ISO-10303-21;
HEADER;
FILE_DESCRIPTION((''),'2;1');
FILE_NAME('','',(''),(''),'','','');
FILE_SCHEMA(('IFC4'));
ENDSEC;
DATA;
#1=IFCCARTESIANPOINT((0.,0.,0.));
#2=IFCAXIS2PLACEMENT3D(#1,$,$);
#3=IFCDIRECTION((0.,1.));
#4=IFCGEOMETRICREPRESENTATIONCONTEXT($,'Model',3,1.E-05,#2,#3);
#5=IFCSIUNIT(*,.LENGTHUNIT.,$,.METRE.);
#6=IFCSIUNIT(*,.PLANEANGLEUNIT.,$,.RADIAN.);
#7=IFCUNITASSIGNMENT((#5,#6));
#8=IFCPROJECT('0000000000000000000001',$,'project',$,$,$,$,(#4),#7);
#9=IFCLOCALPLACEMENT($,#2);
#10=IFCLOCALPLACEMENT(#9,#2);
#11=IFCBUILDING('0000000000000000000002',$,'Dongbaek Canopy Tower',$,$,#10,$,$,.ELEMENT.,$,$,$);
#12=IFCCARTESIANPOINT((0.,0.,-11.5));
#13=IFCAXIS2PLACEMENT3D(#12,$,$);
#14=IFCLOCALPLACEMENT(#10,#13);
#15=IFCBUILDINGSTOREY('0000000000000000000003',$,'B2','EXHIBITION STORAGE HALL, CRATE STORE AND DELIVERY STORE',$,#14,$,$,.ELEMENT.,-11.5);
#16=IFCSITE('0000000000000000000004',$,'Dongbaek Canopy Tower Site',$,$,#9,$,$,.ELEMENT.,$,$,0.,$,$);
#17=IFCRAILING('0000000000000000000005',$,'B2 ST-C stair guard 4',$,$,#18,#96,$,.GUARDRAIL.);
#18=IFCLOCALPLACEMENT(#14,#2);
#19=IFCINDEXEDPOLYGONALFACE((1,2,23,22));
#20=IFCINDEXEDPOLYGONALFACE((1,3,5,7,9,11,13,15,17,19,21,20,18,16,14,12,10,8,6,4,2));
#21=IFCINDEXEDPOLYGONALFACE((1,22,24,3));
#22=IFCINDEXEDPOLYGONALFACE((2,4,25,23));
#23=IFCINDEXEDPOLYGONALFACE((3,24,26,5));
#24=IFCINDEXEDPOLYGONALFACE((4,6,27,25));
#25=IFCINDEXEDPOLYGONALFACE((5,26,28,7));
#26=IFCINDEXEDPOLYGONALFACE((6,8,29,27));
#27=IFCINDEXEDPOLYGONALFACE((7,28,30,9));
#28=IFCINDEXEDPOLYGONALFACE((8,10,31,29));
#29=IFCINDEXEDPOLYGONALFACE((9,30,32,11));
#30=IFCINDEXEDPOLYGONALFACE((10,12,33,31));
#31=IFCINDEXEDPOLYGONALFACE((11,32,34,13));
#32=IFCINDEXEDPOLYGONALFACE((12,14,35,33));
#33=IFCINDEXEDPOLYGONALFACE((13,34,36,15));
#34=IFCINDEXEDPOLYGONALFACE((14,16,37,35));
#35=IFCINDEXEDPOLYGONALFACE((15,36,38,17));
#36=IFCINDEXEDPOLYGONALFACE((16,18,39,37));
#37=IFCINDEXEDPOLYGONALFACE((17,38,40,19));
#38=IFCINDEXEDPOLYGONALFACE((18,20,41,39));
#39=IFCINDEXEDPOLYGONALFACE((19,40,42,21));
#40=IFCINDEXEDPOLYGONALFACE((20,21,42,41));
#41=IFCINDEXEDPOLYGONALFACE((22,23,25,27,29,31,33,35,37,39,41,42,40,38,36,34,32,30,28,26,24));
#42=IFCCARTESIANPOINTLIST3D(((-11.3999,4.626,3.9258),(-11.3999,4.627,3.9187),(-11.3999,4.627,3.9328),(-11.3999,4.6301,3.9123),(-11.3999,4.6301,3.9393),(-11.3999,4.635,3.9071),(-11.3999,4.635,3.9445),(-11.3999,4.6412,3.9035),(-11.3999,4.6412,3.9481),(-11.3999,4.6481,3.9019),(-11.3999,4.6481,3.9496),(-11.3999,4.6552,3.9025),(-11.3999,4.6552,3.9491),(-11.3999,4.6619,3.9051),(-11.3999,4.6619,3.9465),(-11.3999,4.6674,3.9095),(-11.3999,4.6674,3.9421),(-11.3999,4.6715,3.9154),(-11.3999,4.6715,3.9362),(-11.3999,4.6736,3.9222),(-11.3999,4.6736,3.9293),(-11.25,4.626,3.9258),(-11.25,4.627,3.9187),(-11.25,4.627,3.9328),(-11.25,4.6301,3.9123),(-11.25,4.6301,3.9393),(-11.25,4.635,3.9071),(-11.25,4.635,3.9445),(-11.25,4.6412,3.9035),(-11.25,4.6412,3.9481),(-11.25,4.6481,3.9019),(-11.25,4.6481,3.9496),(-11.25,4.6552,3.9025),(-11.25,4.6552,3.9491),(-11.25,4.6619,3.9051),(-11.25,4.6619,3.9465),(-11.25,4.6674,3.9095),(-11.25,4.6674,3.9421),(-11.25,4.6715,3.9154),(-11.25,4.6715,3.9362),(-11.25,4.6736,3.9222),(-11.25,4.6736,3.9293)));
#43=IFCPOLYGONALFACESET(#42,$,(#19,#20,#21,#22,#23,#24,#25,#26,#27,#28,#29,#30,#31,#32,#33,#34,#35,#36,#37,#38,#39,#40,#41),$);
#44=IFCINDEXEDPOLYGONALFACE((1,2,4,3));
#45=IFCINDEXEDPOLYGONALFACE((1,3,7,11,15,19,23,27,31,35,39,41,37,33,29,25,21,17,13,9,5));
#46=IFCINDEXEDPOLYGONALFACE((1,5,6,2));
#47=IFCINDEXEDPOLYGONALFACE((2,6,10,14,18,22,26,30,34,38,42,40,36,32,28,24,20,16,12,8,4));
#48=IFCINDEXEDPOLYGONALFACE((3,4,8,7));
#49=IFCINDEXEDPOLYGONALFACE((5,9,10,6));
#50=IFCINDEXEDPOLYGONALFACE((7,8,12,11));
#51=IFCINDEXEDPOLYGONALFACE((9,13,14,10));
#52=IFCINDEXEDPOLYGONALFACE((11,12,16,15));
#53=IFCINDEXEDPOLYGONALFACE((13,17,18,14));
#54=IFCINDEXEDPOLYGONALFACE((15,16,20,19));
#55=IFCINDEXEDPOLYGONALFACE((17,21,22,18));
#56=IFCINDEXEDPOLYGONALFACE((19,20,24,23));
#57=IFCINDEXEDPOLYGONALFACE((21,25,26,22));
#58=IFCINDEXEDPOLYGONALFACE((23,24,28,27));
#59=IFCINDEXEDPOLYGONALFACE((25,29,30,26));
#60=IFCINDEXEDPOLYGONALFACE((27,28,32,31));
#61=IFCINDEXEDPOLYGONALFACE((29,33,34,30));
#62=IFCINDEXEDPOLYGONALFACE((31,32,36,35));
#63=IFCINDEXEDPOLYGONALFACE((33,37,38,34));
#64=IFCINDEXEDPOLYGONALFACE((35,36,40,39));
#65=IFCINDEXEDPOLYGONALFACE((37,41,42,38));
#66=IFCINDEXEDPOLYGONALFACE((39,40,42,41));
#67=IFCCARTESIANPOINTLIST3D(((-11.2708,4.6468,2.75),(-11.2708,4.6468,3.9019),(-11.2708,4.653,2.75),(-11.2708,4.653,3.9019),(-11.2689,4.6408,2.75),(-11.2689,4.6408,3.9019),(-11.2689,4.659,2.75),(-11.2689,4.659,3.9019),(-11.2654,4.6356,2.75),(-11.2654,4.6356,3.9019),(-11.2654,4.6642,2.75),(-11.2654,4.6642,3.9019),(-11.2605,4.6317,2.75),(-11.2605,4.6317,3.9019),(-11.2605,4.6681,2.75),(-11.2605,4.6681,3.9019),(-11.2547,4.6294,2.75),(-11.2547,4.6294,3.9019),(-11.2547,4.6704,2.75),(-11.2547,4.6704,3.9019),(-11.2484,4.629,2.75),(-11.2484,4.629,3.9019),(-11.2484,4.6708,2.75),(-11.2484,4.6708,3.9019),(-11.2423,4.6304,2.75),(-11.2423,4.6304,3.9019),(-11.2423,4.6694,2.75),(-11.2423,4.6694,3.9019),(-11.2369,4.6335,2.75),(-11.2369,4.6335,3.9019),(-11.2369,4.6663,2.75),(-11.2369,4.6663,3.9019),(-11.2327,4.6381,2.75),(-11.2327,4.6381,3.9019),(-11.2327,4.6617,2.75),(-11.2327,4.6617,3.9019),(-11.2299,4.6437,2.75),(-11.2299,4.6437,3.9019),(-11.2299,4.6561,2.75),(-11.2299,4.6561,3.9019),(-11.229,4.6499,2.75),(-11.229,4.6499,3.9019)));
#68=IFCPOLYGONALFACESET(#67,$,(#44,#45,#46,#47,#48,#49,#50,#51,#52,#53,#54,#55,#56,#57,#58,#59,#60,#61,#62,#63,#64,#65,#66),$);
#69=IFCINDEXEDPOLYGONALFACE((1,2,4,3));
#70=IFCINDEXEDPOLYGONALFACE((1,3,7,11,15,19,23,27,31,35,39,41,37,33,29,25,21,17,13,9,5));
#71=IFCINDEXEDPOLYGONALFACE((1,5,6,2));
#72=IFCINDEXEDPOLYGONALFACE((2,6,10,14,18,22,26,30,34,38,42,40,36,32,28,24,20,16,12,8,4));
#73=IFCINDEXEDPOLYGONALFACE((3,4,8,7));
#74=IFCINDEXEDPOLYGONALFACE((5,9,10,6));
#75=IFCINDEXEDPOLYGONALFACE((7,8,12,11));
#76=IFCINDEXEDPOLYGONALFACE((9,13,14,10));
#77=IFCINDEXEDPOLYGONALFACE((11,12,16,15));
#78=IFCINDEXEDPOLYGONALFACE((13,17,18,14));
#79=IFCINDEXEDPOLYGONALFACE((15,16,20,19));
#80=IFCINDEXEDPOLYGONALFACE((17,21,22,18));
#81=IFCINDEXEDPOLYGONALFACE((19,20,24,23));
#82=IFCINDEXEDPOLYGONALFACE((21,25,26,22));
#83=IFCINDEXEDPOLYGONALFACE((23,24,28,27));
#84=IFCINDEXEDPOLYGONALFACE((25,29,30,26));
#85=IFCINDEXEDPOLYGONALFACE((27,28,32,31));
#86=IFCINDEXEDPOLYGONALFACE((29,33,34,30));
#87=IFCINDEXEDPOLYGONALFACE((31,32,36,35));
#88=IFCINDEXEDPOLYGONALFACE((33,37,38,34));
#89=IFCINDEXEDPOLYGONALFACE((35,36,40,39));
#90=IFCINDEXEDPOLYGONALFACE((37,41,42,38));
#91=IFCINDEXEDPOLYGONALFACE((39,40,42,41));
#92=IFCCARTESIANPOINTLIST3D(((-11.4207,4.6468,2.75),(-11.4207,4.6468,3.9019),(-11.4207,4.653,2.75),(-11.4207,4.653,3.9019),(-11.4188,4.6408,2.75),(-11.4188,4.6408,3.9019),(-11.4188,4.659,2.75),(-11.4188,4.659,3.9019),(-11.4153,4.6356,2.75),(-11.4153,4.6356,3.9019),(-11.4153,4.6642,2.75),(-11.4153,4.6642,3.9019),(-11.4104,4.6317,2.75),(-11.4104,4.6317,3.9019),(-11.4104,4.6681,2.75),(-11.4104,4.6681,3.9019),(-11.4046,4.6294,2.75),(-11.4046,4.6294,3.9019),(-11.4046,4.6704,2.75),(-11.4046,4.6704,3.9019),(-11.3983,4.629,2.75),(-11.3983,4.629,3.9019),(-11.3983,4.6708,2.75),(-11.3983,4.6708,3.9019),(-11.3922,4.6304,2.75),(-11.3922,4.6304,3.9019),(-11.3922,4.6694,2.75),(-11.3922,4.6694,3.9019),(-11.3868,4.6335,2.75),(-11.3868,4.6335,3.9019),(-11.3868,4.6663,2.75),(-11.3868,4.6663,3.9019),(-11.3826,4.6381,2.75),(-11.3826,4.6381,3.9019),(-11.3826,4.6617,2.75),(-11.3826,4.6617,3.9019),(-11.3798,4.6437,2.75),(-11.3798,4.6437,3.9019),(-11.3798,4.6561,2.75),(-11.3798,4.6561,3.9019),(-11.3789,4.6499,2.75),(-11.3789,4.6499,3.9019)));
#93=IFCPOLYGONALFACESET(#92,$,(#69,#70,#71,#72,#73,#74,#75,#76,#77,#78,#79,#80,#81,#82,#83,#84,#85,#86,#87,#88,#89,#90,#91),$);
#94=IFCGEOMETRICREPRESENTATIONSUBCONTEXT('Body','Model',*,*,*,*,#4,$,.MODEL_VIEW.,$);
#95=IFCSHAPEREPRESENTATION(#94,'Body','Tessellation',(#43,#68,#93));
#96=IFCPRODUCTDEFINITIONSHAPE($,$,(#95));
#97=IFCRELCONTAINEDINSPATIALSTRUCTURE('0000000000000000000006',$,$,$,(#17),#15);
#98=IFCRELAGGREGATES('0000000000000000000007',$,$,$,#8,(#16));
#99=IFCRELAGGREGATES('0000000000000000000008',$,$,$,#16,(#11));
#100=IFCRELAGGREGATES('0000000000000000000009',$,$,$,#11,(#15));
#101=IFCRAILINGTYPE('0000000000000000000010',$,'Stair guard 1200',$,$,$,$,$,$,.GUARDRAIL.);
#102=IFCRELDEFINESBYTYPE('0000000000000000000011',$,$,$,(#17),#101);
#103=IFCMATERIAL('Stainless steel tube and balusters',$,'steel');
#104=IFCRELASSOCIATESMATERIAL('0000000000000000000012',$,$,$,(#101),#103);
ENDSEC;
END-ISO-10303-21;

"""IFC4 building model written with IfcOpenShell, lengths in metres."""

from ifc_helpers import new_model, si_unit, direction, frame, origin, origin_2d, place, context, subcontext, project, spatial, circle, extrude, material, type_object, element, save


model = new_model("IFC4")

# Units and contexts
model_context = context("Model", 3, precision=1e-05, world=origin(), true_north=direction((0.0, 1.0)))
body_context = subcontext(model_context, "Body", "Model", "MODEL_VIEW")
ifc_project = project(units=[si_unit("LENGTHUNIT", "METRE"), si_unit("PLANEANGLEUNIT", "RADIAN")], contexts=[model_context])

# Site, building, storey
site_placement = place(None, origin())
site = spatial("IfcSite", under=ifc_project, at=site_placement, Name="Dongbaek Canopy Tower Site", CompositionType="ELEMENT", RefElevation=0.0)
building_placement = place(site_placement, origin())
building = spatial("IfcBuilding", under=site, at=building_placement, Name="Dongbaek Canopy Tower", CompositionType="ELEMENT")
storey_placement = place(building_placement, frame((0.0, 0.0, -11.5)))
storey = spatial("IfcBuildingStorey", under=building, at=storey_placement, Name="B2", Description="EXHIBITION STORAGE HALL, CRATE STORE AND DELIVERY STORE", CompositionType="ELEMENT", Elevation=-11.5)

# Railing
ifc_material_1 = material(Name="Stainless steel tube and balusters", Category="steel")
railing_type_1 = type_object("IfcRailingType", Name="Stair guard 1200", PredefinedType="GUARDRAIL", material=ifc_material_1)
railing_1_placement = place(storey_placement, frame((-11.25, 4.6499, 2.75)))
element("IfcRailing", 1, at=railing_1_placement, inside=storey, type_object=railing_type_1, Name="B2 ST-C stair guard 4", PredefinedType="GUARDRAIL", context=body_context, shape_type="SweptSolid", body=[
    extrude(circle(Radius=0.0239, at=origin_2d()), frame((0.0, 0.0, 1.1758), z_axis=(-1.0, 0.0, 0.0), x_axis=(0.0, -1.0, 0.0)), (0.0, 0.0, 1.0), 0.1499),
    extrude(circle(Radius=0.021, at=origin_2d()), origin(), (0.0, 0.0, 1.0), 1.1519),
    extrude(circle(Radius=0.021, at=origin_2d()), frame((-0.1499, 0.0, 0.0)), (0.0, 0.0, 1.0), 1.1519),
])

save(model, "model.ifc")
